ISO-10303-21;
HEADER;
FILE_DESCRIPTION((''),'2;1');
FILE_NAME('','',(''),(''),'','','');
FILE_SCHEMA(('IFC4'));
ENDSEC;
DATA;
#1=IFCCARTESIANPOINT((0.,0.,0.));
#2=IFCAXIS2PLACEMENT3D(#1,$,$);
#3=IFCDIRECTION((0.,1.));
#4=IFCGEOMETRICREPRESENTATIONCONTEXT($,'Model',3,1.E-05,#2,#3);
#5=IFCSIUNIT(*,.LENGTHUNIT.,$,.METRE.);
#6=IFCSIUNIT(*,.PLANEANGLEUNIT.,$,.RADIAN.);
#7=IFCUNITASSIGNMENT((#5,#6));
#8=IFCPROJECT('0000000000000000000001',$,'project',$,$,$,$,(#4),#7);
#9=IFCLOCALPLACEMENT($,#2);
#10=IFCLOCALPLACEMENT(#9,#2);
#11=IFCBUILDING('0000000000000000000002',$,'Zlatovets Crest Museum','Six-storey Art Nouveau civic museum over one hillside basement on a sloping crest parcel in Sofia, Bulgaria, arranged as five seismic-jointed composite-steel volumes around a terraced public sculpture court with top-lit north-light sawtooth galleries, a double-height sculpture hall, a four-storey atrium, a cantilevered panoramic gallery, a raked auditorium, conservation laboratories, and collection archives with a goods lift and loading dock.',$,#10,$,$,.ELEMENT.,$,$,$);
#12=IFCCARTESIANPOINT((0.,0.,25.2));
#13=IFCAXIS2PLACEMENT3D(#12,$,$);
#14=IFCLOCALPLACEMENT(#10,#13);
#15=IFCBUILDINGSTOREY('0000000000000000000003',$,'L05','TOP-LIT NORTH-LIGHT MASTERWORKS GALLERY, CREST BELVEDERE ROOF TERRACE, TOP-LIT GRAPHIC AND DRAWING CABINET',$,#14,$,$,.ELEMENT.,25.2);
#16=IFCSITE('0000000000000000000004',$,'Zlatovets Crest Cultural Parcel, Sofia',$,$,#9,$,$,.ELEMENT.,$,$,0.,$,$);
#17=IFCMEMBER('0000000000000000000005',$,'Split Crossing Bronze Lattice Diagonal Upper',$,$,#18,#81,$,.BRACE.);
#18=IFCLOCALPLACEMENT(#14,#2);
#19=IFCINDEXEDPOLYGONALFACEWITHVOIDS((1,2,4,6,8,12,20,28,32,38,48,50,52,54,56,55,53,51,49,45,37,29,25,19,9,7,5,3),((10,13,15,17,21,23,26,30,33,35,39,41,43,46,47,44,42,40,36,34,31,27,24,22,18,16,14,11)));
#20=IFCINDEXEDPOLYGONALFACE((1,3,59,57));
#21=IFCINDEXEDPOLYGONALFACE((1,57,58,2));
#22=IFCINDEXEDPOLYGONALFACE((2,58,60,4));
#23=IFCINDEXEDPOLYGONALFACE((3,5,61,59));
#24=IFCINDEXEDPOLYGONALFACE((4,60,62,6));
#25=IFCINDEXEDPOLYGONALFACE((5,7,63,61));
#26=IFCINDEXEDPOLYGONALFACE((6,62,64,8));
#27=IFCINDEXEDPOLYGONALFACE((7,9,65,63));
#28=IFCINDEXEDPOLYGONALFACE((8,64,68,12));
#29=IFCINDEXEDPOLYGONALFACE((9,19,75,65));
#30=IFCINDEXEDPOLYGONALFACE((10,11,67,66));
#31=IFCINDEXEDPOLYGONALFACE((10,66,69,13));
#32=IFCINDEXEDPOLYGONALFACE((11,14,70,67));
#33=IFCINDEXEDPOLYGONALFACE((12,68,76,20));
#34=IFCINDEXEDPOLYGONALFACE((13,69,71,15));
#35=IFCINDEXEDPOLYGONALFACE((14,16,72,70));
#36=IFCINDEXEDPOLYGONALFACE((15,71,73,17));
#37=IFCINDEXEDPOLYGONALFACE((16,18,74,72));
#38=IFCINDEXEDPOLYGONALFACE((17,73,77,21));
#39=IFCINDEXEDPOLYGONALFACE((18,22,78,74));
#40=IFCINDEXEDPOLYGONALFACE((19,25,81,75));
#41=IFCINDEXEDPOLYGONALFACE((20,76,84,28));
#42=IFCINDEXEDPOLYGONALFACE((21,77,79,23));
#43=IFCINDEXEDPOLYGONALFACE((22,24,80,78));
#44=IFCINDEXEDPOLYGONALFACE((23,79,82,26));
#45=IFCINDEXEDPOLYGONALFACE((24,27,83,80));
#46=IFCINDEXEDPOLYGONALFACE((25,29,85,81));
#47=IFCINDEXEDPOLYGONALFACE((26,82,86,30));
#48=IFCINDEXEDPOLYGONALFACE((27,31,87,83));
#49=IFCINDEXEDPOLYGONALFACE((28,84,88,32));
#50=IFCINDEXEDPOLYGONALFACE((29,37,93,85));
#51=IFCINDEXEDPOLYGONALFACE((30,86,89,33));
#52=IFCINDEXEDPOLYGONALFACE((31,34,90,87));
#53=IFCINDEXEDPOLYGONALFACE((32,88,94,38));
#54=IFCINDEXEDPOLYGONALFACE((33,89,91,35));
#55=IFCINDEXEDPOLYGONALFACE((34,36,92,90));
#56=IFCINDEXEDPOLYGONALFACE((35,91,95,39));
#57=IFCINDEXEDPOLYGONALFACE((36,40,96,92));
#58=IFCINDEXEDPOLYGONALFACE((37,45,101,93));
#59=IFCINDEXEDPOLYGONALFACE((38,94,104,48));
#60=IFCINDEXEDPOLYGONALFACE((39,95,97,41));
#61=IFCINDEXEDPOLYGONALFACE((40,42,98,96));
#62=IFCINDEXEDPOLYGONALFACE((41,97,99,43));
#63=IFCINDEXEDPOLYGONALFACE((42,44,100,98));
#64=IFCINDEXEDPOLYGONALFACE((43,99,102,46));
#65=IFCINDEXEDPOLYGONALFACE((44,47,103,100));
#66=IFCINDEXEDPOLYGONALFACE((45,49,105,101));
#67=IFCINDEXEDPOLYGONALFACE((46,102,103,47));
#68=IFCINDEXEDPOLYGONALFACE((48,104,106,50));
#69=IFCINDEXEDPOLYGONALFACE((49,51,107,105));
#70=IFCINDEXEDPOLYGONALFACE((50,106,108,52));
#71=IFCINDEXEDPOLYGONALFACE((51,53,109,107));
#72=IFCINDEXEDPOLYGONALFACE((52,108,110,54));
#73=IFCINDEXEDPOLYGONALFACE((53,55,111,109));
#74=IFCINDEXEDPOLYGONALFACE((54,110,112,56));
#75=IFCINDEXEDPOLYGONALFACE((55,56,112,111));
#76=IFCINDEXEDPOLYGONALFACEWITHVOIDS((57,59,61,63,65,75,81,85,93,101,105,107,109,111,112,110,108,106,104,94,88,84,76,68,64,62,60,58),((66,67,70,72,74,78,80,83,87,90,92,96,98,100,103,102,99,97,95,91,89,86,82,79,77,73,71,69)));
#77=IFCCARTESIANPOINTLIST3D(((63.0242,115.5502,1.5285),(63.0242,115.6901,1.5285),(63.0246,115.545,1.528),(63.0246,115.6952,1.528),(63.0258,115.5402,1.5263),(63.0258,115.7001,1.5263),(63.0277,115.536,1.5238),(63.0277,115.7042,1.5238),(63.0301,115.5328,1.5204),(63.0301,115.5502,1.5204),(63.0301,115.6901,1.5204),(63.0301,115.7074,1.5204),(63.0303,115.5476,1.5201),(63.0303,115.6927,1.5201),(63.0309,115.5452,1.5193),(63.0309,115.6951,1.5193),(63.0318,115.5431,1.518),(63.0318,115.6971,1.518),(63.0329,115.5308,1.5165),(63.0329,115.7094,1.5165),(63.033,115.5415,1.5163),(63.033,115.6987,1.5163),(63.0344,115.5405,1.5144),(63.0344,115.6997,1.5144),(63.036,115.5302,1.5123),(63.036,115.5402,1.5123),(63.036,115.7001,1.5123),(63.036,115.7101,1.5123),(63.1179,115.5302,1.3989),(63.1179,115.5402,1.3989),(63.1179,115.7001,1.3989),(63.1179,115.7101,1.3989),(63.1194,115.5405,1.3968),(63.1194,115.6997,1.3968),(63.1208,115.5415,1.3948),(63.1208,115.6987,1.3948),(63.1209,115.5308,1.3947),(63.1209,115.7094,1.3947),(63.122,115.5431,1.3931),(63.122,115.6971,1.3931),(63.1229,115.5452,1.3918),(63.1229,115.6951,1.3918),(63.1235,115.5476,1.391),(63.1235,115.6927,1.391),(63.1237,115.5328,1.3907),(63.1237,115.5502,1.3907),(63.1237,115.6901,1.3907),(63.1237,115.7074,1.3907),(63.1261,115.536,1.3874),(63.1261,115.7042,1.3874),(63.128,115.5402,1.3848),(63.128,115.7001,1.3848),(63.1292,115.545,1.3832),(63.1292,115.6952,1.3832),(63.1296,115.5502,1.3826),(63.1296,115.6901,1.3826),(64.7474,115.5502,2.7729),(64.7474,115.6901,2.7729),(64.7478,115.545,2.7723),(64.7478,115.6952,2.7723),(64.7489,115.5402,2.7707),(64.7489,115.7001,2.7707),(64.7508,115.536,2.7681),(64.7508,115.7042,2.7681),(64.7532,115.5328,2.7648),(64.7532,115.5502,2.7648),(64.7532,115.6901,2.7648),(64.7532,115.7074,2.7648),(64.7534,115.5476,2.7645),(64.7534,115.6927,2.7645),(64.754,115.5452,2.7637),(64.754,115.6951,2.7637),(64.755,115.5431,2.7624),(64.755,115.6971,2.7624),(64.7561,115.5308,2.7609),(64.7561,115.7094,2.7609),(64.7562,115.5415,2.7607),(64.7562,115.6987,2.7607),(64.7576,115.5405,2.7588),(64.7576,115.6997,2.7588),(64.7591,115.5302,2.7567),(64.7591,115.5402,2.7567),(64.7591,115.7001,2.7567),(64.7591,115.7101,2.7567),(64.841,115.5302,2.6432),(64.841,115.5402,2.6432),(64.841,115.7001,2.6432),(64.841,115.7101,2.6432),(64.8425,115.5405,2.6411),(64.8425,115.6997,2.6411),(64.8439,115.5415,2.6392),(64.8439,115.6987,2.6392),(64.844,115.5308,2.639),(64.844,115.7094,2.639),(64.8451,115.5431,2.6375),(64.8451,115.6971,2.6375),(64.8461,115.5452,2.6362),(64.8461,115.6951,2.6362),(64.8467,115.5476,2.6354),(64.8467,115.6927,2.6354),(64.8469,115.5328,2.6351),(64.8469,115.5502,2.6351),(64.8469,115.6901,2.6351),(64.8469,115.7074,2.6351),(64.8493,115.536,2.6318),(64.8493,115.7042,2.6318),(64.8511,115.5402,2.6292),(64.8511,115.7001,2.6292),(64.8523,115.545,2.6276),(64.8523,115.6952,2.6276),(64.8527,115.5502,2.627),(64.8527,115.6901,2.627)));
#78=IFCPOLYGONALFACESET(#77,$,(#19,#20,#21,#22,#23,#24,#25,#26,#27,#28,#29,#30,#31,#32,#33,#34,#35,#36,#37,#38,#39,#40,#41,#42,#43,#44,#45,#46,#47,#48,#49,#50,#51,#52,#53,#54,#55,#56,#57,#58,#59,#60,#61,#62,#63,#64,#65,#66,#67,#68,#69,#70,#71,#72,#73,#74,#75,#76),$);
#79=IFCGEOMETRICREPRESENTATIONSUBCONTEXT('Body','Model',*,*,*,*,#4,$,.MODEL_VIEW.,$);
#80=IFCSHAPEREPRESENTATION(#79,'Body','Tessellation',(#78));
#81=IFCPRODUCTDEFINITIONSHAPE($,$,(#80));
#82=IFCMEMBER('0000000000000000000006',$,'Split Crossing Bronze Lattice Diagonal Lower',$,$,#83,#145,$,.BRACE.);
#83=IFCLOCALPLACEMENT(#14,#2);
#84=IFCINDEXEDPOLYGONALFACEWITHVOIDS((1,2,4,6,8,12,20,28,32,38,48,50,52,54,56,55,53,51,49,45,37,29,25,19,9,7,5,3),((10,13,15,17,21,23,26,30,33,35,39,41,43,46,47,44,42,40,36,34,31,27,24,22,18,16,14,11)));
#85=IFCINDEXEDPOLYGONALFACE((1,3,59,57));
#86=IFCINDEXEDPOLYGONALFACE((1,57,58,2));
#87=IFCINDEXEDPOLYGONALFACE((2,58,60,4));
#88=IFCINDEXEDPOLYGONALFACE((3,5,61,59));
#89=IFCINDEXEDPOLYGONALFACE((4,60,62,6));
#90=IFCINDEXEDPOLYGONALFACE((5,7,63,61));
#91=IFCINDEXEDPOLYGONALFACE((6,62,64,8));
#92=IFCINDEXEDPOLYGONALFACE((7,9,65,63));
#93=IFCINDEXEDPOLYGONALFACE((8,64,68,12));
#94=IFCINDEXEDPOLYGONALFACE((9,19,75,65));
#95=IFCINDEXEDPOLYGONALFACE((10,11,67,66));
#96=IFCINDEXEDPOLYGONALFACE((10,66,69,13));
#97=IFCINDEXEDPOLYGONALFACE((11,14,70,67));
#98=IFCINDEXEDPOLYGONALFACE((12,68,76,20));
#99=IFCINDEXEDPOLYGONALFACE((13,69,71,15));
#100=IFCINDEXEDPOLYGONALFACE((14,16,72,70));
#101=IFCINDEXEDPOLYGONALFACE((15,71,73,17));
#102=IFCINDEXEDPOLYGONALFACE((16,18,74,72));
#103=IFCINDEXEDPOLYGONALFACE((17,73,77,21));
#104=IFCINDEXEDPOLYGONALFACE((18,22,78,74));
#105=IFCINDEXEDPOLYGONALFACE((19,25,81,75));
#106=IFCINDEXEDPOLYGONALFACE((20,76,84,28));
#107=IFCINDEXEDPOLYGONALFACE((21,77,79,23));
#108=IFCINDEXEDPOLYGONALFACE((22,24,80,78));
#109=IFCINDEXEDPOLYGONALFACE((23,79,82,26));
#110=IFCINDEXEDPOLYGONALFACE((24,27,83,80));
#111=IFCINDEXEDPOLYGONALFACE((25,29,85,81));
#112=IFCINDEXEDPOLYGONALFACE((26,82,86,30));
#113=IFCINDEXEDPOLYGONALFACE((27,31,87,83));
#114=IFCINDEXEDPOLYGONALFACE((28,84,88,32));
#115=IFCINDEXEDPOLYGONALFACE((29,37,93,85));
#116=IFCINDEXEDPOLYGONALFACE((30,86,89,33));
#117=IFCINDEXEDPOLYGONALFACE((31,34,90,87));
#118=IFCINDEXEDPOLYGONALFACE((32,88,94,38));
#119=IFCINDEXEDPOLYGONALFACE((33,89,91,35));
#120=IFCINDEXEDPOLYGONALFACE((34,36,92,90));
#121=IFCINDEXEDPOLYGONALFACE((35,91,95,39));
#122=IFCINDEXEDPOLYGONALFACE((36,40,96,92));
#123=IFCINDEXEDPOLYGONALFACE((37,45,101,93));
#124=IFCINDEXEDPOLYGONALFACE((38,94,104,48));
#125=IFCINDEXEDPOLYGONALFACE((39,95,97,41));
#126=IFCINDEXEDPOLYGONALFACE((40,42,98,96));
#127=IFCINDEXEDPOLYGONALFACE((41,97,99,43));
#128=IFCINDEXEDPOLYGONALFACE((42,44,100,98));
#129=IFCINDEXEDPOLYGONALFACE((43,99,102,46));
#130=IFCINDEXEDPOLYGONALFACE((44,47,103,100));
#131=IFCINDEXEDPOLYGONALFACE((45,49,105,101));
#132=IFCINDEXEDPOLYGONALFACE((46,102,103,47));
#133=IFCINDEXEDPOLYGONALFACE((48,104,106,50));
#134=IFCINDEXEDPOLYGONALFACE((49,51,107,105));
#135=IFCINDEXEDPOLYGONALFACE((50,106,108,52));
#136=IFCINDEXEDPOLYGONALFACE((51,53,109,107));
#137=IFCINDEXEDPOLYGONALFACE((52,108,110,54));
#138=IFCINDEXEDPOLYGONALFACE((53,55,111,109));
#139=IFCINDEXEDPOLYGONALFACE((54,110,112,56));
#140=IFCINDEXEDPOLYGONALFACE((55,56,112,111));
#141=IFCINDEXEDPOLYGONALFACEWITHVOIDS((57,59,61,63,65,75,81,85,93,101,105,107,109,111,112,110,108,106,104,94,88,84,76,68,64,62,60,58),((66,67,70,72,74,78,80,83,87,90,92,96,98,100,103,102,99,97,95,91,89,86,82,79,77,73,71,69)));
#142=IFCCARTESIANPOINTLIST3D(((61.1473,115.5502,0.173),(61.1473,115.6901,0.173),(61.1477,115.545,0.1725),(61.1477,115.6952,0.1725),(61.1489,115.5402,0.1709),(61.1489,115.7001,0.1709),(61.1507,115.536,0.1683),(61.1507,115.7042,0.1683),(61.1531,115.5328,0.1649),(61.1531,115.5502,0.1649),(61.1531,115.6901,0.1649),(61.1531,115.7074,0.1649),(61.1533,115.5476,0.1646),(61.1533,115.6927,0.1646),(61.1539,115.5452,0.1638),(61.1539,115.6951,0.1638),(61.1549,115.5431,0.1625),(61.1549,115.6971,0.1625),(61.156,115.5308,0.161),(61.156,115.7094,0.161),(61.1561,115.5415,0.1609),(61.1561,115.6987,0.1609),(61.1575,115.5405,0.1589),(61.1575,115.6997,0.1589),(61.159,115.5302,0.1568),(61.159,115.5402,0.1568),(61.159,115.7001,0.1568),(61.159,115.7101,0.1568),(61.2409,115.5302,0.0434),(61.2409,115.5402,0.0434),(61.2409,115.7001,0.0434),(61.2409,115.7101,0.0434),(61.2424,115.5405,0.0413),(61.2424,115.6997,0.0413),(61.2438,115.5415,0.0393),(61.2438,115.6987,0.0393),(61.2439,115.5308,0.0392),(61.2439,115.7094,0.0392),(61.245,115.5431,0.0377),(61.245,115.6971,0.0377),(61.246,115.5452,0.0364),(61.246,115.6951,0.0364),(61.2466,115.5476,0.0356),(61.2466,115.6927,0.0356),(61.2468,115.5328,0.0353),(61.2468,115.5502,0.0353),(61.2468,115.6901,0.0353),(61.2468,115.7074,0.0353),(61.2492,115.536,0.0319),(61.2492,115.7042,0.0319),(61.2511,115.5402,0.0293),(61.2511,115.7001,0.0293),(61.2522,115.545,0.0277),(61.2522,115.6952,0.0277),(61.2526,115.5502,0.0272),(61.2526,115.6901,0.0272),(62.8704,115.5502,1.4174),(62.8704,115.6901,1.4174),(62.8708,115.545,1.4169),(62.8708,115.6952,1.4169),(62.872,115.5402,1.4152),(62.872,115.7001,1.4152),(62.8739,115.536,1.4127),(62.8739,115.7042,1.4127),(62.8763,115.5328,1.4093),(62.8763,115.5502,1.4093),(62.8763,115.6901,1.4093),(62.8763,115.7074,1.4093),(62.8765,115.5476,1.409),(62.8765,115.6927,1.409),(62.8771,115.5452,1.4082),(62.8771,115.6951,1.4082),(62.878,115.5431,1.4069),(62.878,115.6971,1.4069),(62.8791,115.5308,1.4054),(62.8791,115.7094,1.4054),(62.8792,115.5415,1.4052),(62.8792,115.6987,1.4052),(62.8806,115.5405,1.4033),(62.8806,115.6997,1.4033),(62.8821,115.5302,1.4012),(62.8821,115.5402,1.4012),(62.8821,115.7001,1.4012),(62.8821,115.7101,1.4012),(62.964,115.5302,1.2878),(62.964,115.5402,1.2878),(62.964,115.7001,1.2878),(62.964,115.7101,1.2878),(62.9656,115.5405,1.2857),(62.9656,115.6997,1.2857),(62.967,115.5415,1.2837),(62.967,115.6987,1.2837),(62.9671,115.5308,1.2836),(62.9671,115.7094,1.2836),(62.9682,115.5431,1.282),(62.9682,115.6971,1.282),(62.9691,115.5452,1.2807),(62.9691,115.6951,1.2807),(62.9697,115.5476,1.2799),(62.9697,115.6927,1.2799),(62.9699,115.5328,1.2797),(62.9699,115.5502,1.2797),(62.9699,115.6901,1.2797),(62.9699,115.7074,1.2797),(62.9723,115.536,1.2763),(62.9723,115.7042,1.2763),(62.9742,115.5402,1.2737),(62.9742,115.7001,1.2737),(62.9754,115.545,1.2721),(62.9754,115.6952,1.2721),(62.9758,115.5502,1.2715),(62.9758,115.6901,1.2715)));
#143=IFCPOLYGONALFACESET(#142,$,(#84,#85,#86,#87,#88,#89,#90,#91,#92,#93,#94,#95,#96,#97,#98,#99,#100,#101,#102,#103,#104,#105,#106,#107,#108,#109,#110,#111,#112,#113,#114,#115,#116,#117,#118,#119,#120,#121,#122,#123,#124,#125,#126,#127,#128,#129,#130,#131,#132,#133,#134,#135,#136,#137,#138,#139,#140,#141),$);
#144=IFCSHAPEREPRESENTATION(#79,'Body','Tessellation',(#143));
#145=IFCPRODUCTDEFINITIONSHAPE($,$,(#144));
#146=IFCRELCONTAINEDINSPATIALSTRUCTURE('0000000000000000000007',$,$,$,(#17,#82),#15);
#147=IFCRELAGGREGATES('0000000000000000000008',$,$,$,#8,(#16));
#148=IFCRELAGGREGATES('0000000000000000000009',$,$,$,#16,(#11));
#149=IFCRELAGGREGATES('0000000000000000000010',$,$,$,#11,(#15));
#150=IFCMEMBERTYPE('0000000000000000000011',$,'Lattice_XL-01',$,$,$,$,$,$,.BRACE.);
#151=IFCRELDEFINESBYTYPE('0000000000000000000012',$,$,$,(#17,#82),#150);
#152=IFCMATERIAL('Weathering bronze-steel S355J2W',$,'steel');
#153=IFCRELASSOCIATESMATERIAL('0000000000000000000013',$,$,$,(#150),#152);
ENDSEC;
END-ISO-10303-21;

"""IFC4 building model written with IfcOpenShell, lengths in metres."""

from ifc_helpers import new_model, si_unit, direction, frame, origin, origin_2d, place, context, subcontext, project, spatial, hollow_rectangle, extrude, material, material_profile, profile_set, type_object, element, save


model = new_model("IFC4")

# Units and contexts
model_context = context("Model", 3, precision=1e-05, world=origin(), true_north=direction((0.0, 1.0)))
body_context = subcontext(model_context, "Body", "Model", "MODEL_VIEW")
ifc_project = project(units=[si_unit("LENGTHUNIT", "METRE"), si_unit("PLANEANGLEUNIT", "RADIAN")], contexts=[model_context])

# Site, building, storey
site_placement = place(None, origin())
site = spatial("IfcSite", under=ifc_project, at=site_placement, Name="Zlatovets Crest Cultural Parcel, Sofia", CompositionType="ELEMENT", RefElevation=0.0)
building_placement = place(site_placement, origin())
building = spatial("IfcBuilding", under=site, at=building_placement, Name="Zlatovets Crest Museum", Description="Six-storey Art Nouveau civic museum over one hillside basement on a sloping crest parcel in Sofia, Bulgaria, arranged as five seismic-jointed composite-steel volumes around a terraced public sculpture court with top-lit north-light sawtooth galleries, a double-height sculpture hall, a four-storey atrium, a cantilevered panoramic gallery, a raked auditorium, conservation laboratories, and collection archives with a goods lift and loading dock.", CompositionType="ELEMENT")
storey_placement = place(building_placement, frame((0.0, 0.0, 25.2)))
storey = spatial("IfcBuildingStorey", under=building, at=storey_placement, Name="L05", Description="TOP-LIT NORTH-LIGHT MASTERWORKS GALLERY, CREST BELVEDERE ROOF TERRACE, TOP-LIT GRAPHIC AND DRAWING CABINET", CompositionType="ELEMENT", Elevation=25.2)

# Members
ifc_material_1 = material(Name="Weathering bronze-steel S355J2W", Category="steel")
ifc_material_profile_1 = material_profile(ifc_material_1, hollow_rectangle(XDim=0.1799, YDim=0.1799, WallThickness=0.01, InnerFilletRadius=0.01, OuterFilletRadius=0.02, at=origin_2d()), Name="SHS 180x180x10.0")
ifc_profile_set_1 = profile_set([ifc_material_profile_1], Name="Weathering bronze-steel S355J2W")
member_type_1 = type_object("IfcMemberType", Name="Lattice_XL-01", PredefinedType="BRACE", material=ifc_profile_set_1)
for number, where, z_axis, x_axis, name in (
    (1, (64.8, 115.6201, 2.7), (-0.810703, 0.0, -0.585457), (0.0, -1.0, 0.0), "Split Crossing Bronze Lattice Diagonal Upper"),
    (2, (62.9231, 115.6201, 1.3445), (-0.810703, 0.0, -0.585457), (0.0, -1.0, 0.0), "Split Crossing Bronze Lattice Diagonal Lower"),
):
    element("IfcMember", number, at=place(storey_placement, frame(where, z_axis=z_axis, x_axis=x_axis)), inside=storey, type_object=member_type_1, Name=name, PredefinedType="BRACE", context=body_context, shape_type="SweptSolid", body=[
        extrude(hollow_rectangle(XDim=0.1799, YDim=0.1799, WallThickness=0.01, InnerFilletRadius=0.01, OuterFilletRadius=0.02, at=origin_2d()), origin(), (0.0, 0.0, 1.0), 2.1255),
    ])

save(model, "model.ifc")
